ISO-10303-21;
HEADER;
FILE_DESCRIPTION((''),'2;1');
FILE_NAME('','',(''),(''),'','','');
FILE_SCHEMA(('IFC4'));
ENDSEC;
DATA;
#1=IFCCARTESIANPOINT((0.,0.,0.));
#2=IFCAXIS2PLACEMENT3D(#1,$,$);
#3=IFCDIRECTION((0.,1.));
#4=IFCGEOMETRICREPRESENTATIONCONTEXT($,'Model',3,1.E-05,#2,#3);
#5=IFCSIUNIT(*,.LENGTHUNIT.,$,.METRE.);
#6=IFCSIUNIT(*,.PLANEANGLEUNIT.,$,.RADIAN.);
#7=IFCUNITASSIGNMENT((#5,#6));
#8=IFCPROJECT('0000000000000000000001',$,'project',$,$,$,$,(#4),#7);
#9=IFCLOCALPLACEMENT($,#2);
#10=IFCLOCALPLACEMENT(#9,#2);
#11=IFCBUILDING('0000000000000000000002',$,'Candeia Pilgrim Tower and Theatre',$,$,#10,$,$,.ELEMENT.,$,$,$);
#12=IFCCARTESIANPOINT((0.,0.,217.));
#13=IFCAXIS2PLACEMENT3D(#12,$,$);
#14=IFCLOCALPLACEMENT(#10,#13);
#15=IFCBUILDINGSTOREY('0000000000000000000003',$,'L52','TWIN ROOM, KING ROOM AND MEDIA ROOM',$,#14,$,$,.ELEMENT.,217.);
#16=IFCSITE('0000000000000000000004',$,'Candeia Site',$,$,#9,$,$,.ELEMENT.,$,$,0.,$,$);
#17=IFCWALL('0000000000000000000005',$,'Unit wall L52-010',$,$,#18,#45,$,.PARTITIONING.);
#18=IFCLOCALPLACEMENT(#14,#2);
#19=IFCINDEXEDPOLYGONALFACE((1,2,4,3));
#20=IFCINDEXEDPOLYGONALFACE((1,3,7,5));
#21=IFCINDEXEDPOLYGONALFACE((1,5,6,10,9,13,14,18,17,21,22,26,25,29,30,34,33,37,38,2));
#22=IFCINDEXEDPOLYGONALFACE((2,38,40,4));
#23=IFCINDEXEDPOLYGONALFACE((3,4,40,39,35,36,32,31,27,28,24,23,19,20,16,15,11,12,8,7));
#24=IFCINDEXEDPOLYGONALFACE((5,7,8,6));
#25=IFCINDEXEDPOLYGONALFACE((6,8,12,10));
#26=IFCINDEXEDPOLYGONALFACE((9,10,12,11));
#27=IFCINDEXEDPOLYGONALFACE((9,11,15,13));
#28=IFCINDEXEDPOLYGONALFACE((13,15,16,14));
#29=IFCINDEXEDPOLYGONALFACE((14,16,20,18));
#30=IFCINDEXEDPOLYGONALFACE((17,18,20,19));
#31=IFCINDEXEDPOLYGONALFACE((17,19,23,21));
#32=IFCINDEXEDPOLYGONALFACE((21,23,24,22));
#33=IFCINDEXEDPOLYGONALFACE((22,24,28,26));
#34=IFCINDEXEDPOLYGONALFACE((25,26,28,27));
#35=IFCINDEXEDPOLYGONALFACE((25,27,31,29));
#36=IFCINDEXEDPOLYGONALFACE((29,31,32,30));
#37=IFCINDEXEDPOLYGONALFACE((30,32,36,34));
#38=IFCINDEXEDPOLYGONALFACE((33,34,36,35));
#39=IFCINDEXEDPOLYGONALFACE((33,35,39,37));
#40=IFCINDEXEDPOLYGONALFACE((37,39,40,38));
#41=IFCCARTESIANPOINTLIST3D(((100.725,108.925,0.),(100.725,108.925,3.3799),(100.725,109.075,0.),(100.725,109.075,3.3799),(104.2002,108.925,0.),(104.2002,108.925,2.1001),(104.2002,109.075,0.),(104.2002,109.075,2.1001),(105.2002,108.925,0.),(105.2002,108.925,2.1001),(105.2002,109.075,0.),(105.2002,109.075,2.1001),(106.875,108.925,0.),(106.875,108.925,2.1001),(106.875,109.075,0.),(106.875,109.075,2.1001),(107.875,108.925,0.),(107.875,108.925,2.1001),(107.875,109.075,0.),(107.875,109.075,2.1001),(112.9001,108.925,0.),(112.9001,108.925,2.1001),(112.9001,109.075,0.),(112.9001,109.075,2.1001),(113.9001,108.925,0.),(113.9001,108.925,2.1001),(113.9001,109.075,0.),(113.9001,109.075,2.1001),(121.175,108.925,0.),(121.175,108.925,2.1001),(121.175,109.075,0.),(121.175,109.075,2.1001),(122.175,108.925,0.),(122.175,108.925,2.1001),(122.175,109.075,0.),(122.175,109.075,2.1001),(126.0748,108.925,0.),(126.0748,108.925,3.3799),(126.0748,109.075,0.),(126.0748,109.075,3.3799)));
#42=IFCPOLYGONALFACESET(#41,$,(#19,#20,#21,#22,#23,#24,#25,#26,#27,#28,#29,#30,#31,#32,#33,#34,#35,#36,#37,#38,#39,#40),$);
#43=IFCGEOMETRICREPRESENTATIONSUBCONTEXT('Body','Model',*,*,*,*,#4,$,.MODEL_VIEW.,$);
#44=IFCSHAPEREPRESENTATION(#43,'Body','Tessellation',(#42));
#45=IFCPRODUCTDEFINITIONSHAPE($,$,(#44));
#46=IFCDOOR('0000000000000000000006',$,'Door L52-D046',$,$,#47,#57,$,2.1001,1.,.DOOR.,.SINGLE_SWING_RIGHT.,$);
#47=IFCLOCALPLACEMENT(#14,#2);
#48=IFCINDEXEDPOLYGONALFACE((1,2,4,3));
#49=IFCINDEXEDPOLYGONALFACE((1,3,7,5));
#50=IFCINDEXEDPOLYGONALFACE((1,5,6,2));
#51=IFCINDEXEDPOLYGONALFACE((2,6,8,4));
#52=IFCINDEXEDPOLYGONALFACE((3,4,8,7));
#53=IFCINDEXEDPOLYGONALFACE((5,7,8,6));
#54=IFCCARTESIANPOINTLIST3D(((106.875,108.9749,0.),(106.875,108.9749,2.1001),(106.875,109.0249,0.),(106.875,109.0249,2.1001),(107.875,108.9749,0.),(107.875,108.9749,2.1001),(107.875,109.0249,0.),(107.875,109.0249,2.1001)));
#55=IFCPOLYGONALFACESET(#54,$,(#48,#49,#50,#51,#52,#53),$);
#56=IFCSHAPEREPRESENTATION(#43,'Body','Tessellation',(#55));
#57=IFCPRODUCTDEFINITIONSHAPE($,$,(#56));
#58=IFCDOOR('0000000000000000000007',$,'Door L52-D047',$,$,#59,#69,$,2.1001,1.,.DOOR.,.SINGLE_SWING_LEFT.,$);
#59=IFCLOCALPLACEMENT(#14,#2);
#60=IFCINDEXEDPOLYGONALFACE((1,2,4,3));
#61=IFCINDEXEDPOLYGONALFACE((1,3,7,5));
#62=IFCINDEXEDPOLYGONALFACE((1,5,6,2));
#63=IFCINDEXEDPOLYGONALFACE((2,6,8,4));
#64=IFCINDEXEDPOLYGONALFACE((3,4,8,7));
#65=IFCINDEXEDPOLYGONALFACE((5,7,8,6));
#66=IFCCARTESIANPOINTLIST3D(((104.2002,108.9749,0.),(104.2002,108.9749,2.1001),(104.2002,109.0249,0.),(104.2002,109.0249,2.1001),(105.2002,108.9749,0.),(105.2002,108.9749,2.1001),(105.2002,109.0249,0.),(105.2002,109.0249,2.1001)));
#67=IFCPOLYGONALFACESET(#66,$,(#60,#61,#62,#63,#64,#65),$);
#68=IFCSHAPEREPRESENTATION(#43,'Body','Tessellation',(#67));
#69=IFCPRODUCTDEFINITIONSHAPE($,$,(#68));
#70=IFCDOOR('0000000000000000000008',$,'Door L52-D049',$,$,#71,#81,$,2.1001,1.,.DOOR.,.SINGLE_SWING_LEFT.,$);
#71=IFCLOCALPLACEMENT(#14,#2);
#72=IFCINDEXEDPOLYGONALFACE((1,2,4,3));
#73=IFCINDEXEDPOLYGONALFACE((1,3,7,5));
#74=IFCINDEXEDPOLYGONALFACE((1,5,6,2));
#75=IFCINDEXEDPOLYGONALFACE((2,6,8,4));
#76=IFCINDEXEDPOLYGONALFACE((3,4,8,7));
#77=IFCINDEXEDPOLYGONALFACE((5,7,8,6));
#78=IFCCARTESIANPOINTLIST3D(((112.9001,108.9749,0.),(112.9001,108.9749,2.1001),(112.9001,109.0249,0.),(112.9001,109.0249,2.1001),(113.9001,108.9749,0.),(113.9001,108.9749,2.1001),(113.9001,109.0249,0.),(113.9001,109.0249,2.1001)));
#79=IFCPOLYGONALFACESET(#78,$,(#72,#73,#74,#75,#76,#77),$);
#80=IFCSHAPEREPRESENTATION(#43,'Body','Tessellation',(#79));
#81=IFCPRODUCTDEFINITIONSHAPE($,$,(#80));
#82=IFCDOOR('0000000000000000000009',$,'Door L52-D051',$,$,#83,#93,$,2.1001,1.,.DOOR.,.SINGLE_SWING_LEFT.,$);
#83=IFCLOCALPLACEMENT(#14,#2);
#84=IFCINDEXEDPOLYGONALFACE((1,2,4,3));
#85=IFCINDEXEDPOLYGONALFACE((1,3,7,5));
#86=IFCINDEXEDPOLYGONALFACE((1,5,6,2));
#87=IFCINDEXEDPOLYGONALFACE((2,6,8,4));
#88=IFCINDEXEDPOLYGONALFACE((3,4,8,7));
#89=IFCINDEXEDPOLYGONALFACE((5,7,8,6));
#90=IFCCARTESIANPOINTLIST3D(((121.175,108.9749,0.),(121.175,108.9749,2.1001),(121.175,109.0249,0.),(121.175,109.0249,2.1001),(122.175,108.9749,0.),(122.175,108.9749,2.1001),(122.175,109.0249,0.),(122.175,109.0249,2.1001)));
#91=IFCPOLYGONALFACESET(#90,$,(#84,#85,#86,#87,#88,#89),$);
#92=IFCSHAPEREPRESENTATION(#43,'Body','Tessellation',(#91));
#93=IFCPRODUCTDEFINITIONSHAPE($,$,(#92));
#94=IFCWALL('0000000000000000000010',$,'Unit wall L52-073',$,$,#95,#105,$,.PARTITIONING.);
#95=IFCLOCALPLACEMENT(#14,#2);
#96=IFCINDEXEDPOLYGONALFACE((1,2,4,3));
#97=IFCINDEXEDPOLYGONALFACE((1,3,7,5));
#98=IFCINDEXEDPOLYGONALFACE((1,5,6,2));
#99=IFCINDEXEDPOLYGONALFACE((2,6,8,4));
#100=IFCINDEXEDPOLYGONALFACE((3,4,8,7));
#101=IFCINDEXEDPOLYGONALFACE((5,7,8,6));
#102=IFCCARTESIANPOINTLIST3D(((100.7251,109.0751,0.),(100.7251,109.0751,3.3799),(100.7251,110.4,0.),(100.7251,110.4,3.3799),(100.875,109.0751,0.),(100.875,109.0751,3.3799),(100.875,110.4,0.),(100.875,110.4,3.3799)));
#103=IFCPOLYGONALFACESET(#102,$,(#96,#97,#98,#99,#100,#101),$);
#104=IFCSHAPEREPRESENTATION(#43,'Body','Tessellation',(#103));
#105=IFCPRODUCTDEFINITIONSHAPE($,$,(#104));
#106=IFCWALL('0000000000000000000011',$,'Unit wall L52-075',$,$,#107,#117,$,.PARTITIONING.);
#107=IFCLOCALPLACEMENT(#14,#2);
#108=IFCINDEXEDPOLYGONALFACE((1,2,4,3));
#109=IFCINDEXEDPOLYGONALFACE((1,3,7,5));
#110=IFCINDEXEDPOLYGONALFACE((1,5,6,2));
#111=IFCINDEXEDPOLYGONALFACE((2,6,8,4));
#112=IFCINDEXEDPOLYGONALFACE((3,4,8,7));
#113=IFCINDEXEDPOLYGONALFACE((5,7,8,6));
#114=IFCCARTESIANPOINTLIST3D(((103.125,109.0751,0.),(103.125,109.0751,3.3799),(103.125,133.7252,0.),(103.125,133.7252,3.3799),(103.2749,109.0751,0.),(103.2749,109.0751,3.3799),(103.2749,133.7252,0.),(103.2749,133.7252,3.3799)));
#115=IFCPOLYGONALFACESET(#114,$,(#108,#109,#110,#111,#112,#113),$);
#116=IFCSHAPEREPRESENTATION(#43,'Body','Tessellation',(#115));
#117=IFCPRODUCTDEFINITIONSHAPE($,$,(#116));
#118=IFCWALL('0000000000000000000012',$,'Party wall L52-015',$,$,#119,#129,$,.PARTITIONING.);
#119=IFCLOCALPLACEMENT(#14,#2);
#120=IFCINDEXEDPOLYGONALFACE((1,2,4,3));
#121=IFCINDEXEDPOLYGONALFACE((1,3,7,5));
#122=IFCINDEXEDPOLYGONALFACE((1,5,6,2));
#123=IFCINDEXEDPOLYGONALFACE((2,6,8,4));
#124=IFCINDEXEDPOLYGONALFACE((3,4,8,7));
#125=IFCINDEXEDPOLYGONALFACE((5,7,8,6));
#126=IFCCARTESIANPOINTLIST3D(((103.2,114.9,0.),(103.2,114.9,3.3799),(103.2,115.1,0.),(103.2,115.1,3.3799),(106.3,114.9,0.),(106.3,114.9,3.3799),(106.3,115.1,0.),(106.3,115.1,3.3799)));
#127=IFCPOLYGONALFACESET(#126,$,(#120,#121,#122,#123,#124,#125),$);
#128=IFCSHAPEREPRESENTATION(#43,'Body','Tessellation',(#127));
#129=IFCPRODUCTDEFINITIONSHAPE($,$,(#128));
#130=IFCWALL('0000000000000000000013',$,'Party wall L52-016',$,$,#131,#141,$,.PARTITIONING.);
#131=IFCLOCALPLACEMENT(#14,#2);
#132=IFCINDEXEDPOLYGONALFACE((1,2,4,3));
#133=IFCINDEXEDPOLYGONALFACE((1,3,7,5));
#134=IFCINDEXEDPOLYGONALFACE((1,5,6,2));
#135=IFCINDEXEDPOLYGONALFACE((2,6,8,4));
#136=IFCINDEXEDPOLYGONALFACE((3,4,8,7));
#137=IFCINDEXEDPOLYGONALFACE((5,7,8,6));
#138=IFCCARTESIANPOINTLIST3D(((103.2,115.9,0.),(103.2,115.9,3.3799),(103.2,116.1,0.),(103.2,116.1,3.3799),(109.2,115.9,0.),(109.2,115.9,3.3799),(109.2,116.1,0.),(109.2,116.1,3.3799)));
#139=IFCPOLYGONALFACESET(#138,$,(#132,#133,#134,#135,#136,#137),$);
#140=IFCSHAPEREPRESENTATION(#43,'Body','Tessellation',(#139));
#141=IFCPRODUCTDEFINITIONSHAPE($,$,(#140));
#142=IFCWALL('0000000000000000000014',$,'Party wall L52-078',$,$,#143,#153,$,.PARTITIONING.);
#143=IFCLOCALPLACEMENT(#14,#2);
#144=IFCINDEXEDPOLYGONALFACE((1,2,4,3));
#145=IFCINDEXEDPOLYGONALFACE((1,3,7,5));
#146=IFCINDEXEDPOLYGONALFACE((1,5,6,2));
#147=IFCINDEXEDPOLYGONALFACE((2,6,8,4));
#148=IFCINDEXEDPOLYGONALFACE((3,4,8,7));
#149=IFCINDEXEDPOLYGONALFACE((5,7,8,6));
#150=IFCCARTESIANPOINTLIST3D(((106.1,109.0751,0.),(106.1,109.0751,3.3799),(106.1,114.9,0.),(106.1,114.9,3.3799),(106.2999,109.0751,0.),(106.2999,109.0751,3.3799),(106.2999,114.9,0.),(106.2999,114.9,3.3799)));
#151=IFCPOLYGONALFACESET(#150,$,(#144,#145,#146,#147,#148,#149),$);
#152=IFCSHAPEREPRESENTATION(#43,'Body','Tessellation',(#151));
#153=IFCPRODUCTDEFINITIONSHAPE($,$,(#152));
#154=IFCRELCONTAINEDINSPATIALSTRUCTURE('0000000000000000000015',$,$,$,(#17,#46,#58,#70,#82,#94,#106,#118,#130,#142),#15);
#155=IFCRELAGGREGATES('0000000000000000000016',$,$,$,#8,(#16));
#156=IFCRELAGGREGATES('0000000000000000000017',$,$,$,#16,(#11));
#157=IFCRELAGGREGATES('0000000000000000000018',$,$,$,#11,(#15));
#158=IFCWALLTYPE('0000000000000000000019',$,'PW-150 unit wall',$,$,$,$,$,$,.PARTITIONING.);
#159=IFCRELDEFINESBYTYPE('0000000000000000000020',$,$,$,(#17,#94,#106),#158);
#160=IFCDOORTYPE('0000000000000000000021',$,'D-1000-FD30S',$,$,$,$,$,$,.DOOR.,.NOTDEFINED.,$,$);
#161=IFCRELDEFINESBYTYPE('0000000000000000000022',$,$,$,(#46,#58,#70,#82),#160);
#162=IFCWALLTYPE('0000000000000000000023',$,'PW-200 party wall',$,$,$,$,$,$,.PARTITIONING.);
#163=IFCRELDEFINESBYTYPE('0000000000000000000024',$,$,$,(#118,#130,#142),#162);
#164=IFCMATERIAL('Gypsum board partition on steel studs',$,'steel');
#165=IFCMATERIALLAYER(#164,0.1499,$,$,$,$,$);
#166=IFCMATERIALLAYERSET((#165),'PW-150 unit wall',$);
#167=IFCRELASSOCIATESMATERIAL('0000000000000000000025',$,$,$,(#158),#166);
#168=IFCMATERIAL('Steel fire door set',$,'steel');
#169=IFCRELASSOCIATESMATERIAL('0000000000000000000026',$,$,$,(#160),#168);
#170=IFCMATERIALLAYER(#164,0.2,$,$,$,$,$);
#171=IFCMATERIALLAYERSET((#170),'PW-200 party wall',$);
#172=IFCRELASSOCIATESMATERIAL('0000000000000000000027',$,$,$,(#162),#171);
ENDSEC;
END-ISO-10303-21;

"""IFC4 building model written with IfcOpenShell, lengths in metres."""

from ifc_helpers import new_model, si_unit, direction, frame, frame_2d, origin, place, context, subcontext, project, spatial, rectangle, extrude, material, layer, layer_set, type_object, element, fill, save


model = new_model("IFC4")

# Units and contexts
model_context = context("Model", 3, precision=1e-05, world=origin(), true_north=direction((0.0, 1.0)))
body_context = subcontext(model_context, "Body", "Model", "MODEL_VIEW")
ifc_project = project(units=[si_unit("LENGTHUNIT", "METRE"), si_unit("PLANEANGLEUNIT", "RADIAN")], contexts=[model_context])

# Site, building, storey
site_placement = place(None, origin())
site = spatial("IfcSite", under=ifc_project, at=site_placement, Name="Candeia Site", CompositionType="ELEMENT", RefElevation=0.0)
building_placement = place(site_placement, origin())
building = spatial("IfcBuilding", under=site, at=building_placement, Name="Candeia Pilgrim Tower and Theatre", CompositionType="ELEMENT")
storey_placement = place(building_placement, frame((0.0, 0.0, 217.0)))
storey = spatial("IfcBuildingStorey", under=building, at=storey_placement, Name="L52", Description="TWIN ROOM, KING ROOM AND MEDIA ROOM", CompositionType="ELEMENT", Elevation=217.0)

# Shared definitions
ifc_material_1 = material(Name="Steel fire door set", Category="steel")

# Shared definitions
ifc_material_2 = material(Name="Gypsum board partition on steel studs", Category="steel")

# Wall, openings, doors
ifc_layer_1 = layer(ifc_material_2, 0.1499)
ifc_layer_set_1 = layer_set([ifc_layer_1], Name="PW-150 unit wall")
wall_type_1 = type_object("IfcWallType", Name="PW-150 unit wall", PredefinedType="PARTITIONING", material=ifc_layer_set_1)
wall_1_placement = place(storey_placement, frame((100.7251, 109.0, 0.0), z_axis=(0.0, 0.0, 1.0), x_axis=(1.0, 0.0, 0.0)))
wall_1 = element("IfcWall", 1, at=wall_1_placement, inside=storey, type_object=wall_type_1, Name="Unit wall L52-010", PredefinedType="PARTITIONING", context=body_context, shape_type="SweptSolid", body=[
    extrude(rectangle(XDim=25.3499, YDim=0.1499, at=frame_2d((12.6748, 0.0))), origin(), (0.0, 0.0, 1.0), 3.3799),
])
opening_1_placement = place(wall_1_placement, frame((6.1499, 0.0, 0.0)))
opening_1 = element("IfcOpeningElement", 2, at=opening_1_placement, cuts=wall_1, PredefinedType="OPENING", context=body_context, shape_type="SweptSolid", body=[
    extrude(rectangle(XDim=1.0, YDim=2.1001, at=frame_2d((0.5, 1.05))), frame((0.0, 0.085, 0.0), z_axis=(0.0, -1.0, 0.0), x_axis=(1.0, 0.0, 0.0)), (0.0, 0.0, 1.0), 0.1699),
])
opening_2_placement = place(wall_1_placement, frame((3.4751, 0.0, 0.0)))
opening_2 = element("IfcOpeningElement", 3, at=opening_2_placement, cuts=wall_1, PredefinedType="OPENING", context=body_context, shape_type="SweptSolid", body=[
    extrude(rectangle(XDim=1.0, YDim=2.1001, at=frame_2d((0.5, 1.05))), frame((0.0, 0.085, 0.0), z_axis=(0.0, -1.0, 0.0), x_axis=(1.0, 0.0, 0.0)), (0.0, 0.0, 1.0), 0.1699),
])
opening_3_placement = place(wall_1_placement, frame((12.175, 0.0, 0.0)))
opening_3 = element("IfcOpeningElement", 4, at=opening_3_placement, cuts=wall_1, PredefinedType="OPENING", context=body_context, shape_type="SweptSolid", body=[
    extrude(rectangle(XDim=1.0, YDim=2.1001, at=frame_2d((0.5, 1.05))), frame((0.0, 0.085, 0.0), z_axis=(0.0, -1.0, 0.0), x_axis=(1.0, 0.0, 0.0)), (0.0, 0.0, 1.0), 0.1699),
])
opening_4_placement = place(wall_1_placement, frame((20.45, 0.0, 0.0)))
opening_4 = element("IfcOpeningElement", 5, at=opening_4_placement, cuts=wall_1, PredefinedType="OPENING", context=body_context, shape_type="SweptSolid", body=[
    extrude(rectangle(XDim=1.0, YDim=2.1001, at=frame_2d((0.5, 1.05))), frame((0.0, 0.085, 0.0), z_axis=(0.0, -1.0, 0.0), x_axis=(1.0, 0.0, 0.0)), (0.0, 0.0, 1.0), 0.1699),
])
door_type_1 = type_object("IfcDoorType", Name="D-1000-FD30S", OperationType="NOTDEFINED", PredefinedType="DOOR", material=ifc_material_1)
door_1_placement = place(opening_1_placement, origin())
door_1 = element("IfcDoor", 6, at=door_1_placement, inside=storey, type_object=door_type_1, Name="Door L52-D046", OperationType="SINGLE_SWING_RIGHT", OverallHeight=2.1001, OverallWidth=1.0, PredefinedType="DOOR", context=body_context, shape_type="SweptSolid", body=[
    extrude(rectangle(XDim=1.0, YDim=2.1001, at=frame_2d((0.5, 1.05))), frame((0.0, 0.0249, 0.0), z_axis=(0.0, -1.0, 0.0), x_axis=(1.0, 0.0, 0.0)), (0.0, 0.0, 1.0), 0.05),
])
fill(opening_1, door_1)
door_2_placement = place(opening_2_placement, origin())
door_2 = element("IfcDoor", 7, at=door_2_placement, inside=storey, type_object=door_type_1, Name="Door L52-D047", OperationType="SINGLE_SWING_LEFT", OverallHeight=2.1001, OverallWidth=1.0, PredefinedType="DOOR", context=body_context, shape_type="SweptSolid", body=[
    extrude(rectangle(XDim=1.0, YDim=2.1001, at=frame_2d((0.5, 1.05))), frame((0.0, 0.0249, 0.0), z_axis=(0.0, -1.0, 0.0), x_axis=(1.0, 0.0, 0.0)), (0.0, 0.0, 1.0), 0.05),
])
fill(opening_2, door_2)
door_3_placement = place(opening_3_placement, origin())
door_3 = element("IfcDoor", 8, at=door_3_placement, inside=storey, type_object=door_type_1, Name="Door L52-D049", OperationType="SINGLE_SWING_LEFT", OverallHeight=2.1001, OverallWidth=1.0, PredefinedType="DOOR", context=body_context, shape_type="SweptSolid", body=[
    extrude(rectangle(XDim=1.0, YDim=2.1001, at=frame_2d((0.5, 1.05))), frame((0.0, 0.0249, 0.0), z_axis=(0.0, -1.0, 0.0), x_axis=(1.0, 0.0, 0.0)), (0.0, 0.0, 1.0), 0.05),
])
fill(opening_3, door_3)
door_4_placement = place(opening_4_placement, origin())
door_4 = element("IfcDoor", 9, at=door_4_placement, inside=storey, type_object=door_type_1, Name="Door L52-D051", OperationType="SINGLE_SWING_LEFT", OverallHeight=2.1001, OverallWidth=1.0, PredefinedType="DOOR", context=body_context, shape_type="SweptSolid", body=[
    extrude(rectangle(XDim=1.0, YDim=2.1001, at=frame_2d((0.5, 1.05))), frame((0.0, 0.0249, 0.0), z_axis=(0.0, -1.0, 0.0), x_axis=(1.0, 0.0, 0.0)), (0.0, 0.0, 1.0), 0.05),
])
fill(opening_4, door_4)

# Walls
wall_2_placement = place(storey_placement, frame((100.8, 109.075, 0.0), z_axis=(0.0, 0.0, 1.0), x_axis=(0.0, 1.0, 0.0)))
element("IfcWall", 10, at=wall_2_placement, inside=storey, type_object=wall_type_1, Name="Unit wall L52-073", PredefinedType="PARTITIONING", context=body_context, shape_type="SweptSolid", body=[
    extrude(rectangle(XDim=1.325, YDim=0.1499, at=frame_2d((0.6626, 0.0))), origin(), (0.0, 0.0, 1.0), 3.3799),
])
wall_3_placement = place(storey_placement, frame((103.2, 109.075, 0.0), z_axis=(0.0, 0.0, 1.0), x_axis=(0.0, 1.0, 0.0)))
element("IfcWall", 11, at=wall_3_placement, inside=storey, type_object=wall_type_1, Name="Unit wall L52-075", PredefinedType="PARTITIONING", context=body_context, shape_type="SweptSolid", body=[
    extrude(rectangle(XDim=24.6501, YDim=0.1499, at=frame_2d((12.3252, 0.0))), origin(), (0.0, 0.0, 1.0), 3.3799),
])
ifc_layer_2 = layer(ifc_material_2, 0.2)
ifc_layer_set_2 = layer_set([ifc_layer_2], Name="PW-200 party wall")
wall_type_2 = type_object("IfcWallType", Name="PW-200 party wall", PredefinedType="PARTITIONING", material=ifc_layer_set_2)
wall_4_placement = place(storey_placement, frame((103.2, 115.0, 0.0), z_axis=(0.0, 0.0, 1.0), x_axis=(1.0, 0.0, 0.0)))
element("IfcWall", 12, at=wall_4_placement, inside=storey, type_object=wall_type_2, Name="Party wall L52-015", PredefinedType="PARTITIONING", context=body_context, shape_type="SweptSolid", body=[
    extrude(rectangle(XDim=3.1001, YDim=0.2, at=frame_2d((1.55, 0.0))), origin(), (0.0, 0.0, 1.0), 3.3799),
])
wall_5_placement = place(storey_placement, frame((103.2, 116.0, 0.0), z_axis=(0.0, 0.0, 1.0), x_axis=(1.0, 0.0, 0.0)))
element("IfcWall", 13, at=wall_5_placement, inside=storey, type_object=wall_type_2, Name="Party wall L52-016", PredefinedType="PARTITIONING", context=body_context, shape_type="SweptSolid", body=[
    extrude(rectangle(XDim=6.0, YDim=0.2, at=frame_2d((3.0, 0.0))), origin(), (0.0, 0.0, 1.0), 3.3799),
])
wall_6_placement = place(storey_placement, frame((106.2, 109.075, 0.0), z_axis=(0.0, 0.0, 1.0), x_axis=(0.0, 1.0, 0.0)))
element("IfcWall", 14, at=wall_6_placement, inside=storey, type_object=wall_type_2, Name="Party wall L52-078", PredefinedType="PARTITIONING", context=body_context, shape_type="SweptSolid", body=[
    extrude(rectangle(XDim=5.825, YDim=0.2, at=frame_2d((2.9126, 0.0))), origin(), (0.0, 0.0, 1.0), 3.3799),
])

save(model, "model.ifc")
